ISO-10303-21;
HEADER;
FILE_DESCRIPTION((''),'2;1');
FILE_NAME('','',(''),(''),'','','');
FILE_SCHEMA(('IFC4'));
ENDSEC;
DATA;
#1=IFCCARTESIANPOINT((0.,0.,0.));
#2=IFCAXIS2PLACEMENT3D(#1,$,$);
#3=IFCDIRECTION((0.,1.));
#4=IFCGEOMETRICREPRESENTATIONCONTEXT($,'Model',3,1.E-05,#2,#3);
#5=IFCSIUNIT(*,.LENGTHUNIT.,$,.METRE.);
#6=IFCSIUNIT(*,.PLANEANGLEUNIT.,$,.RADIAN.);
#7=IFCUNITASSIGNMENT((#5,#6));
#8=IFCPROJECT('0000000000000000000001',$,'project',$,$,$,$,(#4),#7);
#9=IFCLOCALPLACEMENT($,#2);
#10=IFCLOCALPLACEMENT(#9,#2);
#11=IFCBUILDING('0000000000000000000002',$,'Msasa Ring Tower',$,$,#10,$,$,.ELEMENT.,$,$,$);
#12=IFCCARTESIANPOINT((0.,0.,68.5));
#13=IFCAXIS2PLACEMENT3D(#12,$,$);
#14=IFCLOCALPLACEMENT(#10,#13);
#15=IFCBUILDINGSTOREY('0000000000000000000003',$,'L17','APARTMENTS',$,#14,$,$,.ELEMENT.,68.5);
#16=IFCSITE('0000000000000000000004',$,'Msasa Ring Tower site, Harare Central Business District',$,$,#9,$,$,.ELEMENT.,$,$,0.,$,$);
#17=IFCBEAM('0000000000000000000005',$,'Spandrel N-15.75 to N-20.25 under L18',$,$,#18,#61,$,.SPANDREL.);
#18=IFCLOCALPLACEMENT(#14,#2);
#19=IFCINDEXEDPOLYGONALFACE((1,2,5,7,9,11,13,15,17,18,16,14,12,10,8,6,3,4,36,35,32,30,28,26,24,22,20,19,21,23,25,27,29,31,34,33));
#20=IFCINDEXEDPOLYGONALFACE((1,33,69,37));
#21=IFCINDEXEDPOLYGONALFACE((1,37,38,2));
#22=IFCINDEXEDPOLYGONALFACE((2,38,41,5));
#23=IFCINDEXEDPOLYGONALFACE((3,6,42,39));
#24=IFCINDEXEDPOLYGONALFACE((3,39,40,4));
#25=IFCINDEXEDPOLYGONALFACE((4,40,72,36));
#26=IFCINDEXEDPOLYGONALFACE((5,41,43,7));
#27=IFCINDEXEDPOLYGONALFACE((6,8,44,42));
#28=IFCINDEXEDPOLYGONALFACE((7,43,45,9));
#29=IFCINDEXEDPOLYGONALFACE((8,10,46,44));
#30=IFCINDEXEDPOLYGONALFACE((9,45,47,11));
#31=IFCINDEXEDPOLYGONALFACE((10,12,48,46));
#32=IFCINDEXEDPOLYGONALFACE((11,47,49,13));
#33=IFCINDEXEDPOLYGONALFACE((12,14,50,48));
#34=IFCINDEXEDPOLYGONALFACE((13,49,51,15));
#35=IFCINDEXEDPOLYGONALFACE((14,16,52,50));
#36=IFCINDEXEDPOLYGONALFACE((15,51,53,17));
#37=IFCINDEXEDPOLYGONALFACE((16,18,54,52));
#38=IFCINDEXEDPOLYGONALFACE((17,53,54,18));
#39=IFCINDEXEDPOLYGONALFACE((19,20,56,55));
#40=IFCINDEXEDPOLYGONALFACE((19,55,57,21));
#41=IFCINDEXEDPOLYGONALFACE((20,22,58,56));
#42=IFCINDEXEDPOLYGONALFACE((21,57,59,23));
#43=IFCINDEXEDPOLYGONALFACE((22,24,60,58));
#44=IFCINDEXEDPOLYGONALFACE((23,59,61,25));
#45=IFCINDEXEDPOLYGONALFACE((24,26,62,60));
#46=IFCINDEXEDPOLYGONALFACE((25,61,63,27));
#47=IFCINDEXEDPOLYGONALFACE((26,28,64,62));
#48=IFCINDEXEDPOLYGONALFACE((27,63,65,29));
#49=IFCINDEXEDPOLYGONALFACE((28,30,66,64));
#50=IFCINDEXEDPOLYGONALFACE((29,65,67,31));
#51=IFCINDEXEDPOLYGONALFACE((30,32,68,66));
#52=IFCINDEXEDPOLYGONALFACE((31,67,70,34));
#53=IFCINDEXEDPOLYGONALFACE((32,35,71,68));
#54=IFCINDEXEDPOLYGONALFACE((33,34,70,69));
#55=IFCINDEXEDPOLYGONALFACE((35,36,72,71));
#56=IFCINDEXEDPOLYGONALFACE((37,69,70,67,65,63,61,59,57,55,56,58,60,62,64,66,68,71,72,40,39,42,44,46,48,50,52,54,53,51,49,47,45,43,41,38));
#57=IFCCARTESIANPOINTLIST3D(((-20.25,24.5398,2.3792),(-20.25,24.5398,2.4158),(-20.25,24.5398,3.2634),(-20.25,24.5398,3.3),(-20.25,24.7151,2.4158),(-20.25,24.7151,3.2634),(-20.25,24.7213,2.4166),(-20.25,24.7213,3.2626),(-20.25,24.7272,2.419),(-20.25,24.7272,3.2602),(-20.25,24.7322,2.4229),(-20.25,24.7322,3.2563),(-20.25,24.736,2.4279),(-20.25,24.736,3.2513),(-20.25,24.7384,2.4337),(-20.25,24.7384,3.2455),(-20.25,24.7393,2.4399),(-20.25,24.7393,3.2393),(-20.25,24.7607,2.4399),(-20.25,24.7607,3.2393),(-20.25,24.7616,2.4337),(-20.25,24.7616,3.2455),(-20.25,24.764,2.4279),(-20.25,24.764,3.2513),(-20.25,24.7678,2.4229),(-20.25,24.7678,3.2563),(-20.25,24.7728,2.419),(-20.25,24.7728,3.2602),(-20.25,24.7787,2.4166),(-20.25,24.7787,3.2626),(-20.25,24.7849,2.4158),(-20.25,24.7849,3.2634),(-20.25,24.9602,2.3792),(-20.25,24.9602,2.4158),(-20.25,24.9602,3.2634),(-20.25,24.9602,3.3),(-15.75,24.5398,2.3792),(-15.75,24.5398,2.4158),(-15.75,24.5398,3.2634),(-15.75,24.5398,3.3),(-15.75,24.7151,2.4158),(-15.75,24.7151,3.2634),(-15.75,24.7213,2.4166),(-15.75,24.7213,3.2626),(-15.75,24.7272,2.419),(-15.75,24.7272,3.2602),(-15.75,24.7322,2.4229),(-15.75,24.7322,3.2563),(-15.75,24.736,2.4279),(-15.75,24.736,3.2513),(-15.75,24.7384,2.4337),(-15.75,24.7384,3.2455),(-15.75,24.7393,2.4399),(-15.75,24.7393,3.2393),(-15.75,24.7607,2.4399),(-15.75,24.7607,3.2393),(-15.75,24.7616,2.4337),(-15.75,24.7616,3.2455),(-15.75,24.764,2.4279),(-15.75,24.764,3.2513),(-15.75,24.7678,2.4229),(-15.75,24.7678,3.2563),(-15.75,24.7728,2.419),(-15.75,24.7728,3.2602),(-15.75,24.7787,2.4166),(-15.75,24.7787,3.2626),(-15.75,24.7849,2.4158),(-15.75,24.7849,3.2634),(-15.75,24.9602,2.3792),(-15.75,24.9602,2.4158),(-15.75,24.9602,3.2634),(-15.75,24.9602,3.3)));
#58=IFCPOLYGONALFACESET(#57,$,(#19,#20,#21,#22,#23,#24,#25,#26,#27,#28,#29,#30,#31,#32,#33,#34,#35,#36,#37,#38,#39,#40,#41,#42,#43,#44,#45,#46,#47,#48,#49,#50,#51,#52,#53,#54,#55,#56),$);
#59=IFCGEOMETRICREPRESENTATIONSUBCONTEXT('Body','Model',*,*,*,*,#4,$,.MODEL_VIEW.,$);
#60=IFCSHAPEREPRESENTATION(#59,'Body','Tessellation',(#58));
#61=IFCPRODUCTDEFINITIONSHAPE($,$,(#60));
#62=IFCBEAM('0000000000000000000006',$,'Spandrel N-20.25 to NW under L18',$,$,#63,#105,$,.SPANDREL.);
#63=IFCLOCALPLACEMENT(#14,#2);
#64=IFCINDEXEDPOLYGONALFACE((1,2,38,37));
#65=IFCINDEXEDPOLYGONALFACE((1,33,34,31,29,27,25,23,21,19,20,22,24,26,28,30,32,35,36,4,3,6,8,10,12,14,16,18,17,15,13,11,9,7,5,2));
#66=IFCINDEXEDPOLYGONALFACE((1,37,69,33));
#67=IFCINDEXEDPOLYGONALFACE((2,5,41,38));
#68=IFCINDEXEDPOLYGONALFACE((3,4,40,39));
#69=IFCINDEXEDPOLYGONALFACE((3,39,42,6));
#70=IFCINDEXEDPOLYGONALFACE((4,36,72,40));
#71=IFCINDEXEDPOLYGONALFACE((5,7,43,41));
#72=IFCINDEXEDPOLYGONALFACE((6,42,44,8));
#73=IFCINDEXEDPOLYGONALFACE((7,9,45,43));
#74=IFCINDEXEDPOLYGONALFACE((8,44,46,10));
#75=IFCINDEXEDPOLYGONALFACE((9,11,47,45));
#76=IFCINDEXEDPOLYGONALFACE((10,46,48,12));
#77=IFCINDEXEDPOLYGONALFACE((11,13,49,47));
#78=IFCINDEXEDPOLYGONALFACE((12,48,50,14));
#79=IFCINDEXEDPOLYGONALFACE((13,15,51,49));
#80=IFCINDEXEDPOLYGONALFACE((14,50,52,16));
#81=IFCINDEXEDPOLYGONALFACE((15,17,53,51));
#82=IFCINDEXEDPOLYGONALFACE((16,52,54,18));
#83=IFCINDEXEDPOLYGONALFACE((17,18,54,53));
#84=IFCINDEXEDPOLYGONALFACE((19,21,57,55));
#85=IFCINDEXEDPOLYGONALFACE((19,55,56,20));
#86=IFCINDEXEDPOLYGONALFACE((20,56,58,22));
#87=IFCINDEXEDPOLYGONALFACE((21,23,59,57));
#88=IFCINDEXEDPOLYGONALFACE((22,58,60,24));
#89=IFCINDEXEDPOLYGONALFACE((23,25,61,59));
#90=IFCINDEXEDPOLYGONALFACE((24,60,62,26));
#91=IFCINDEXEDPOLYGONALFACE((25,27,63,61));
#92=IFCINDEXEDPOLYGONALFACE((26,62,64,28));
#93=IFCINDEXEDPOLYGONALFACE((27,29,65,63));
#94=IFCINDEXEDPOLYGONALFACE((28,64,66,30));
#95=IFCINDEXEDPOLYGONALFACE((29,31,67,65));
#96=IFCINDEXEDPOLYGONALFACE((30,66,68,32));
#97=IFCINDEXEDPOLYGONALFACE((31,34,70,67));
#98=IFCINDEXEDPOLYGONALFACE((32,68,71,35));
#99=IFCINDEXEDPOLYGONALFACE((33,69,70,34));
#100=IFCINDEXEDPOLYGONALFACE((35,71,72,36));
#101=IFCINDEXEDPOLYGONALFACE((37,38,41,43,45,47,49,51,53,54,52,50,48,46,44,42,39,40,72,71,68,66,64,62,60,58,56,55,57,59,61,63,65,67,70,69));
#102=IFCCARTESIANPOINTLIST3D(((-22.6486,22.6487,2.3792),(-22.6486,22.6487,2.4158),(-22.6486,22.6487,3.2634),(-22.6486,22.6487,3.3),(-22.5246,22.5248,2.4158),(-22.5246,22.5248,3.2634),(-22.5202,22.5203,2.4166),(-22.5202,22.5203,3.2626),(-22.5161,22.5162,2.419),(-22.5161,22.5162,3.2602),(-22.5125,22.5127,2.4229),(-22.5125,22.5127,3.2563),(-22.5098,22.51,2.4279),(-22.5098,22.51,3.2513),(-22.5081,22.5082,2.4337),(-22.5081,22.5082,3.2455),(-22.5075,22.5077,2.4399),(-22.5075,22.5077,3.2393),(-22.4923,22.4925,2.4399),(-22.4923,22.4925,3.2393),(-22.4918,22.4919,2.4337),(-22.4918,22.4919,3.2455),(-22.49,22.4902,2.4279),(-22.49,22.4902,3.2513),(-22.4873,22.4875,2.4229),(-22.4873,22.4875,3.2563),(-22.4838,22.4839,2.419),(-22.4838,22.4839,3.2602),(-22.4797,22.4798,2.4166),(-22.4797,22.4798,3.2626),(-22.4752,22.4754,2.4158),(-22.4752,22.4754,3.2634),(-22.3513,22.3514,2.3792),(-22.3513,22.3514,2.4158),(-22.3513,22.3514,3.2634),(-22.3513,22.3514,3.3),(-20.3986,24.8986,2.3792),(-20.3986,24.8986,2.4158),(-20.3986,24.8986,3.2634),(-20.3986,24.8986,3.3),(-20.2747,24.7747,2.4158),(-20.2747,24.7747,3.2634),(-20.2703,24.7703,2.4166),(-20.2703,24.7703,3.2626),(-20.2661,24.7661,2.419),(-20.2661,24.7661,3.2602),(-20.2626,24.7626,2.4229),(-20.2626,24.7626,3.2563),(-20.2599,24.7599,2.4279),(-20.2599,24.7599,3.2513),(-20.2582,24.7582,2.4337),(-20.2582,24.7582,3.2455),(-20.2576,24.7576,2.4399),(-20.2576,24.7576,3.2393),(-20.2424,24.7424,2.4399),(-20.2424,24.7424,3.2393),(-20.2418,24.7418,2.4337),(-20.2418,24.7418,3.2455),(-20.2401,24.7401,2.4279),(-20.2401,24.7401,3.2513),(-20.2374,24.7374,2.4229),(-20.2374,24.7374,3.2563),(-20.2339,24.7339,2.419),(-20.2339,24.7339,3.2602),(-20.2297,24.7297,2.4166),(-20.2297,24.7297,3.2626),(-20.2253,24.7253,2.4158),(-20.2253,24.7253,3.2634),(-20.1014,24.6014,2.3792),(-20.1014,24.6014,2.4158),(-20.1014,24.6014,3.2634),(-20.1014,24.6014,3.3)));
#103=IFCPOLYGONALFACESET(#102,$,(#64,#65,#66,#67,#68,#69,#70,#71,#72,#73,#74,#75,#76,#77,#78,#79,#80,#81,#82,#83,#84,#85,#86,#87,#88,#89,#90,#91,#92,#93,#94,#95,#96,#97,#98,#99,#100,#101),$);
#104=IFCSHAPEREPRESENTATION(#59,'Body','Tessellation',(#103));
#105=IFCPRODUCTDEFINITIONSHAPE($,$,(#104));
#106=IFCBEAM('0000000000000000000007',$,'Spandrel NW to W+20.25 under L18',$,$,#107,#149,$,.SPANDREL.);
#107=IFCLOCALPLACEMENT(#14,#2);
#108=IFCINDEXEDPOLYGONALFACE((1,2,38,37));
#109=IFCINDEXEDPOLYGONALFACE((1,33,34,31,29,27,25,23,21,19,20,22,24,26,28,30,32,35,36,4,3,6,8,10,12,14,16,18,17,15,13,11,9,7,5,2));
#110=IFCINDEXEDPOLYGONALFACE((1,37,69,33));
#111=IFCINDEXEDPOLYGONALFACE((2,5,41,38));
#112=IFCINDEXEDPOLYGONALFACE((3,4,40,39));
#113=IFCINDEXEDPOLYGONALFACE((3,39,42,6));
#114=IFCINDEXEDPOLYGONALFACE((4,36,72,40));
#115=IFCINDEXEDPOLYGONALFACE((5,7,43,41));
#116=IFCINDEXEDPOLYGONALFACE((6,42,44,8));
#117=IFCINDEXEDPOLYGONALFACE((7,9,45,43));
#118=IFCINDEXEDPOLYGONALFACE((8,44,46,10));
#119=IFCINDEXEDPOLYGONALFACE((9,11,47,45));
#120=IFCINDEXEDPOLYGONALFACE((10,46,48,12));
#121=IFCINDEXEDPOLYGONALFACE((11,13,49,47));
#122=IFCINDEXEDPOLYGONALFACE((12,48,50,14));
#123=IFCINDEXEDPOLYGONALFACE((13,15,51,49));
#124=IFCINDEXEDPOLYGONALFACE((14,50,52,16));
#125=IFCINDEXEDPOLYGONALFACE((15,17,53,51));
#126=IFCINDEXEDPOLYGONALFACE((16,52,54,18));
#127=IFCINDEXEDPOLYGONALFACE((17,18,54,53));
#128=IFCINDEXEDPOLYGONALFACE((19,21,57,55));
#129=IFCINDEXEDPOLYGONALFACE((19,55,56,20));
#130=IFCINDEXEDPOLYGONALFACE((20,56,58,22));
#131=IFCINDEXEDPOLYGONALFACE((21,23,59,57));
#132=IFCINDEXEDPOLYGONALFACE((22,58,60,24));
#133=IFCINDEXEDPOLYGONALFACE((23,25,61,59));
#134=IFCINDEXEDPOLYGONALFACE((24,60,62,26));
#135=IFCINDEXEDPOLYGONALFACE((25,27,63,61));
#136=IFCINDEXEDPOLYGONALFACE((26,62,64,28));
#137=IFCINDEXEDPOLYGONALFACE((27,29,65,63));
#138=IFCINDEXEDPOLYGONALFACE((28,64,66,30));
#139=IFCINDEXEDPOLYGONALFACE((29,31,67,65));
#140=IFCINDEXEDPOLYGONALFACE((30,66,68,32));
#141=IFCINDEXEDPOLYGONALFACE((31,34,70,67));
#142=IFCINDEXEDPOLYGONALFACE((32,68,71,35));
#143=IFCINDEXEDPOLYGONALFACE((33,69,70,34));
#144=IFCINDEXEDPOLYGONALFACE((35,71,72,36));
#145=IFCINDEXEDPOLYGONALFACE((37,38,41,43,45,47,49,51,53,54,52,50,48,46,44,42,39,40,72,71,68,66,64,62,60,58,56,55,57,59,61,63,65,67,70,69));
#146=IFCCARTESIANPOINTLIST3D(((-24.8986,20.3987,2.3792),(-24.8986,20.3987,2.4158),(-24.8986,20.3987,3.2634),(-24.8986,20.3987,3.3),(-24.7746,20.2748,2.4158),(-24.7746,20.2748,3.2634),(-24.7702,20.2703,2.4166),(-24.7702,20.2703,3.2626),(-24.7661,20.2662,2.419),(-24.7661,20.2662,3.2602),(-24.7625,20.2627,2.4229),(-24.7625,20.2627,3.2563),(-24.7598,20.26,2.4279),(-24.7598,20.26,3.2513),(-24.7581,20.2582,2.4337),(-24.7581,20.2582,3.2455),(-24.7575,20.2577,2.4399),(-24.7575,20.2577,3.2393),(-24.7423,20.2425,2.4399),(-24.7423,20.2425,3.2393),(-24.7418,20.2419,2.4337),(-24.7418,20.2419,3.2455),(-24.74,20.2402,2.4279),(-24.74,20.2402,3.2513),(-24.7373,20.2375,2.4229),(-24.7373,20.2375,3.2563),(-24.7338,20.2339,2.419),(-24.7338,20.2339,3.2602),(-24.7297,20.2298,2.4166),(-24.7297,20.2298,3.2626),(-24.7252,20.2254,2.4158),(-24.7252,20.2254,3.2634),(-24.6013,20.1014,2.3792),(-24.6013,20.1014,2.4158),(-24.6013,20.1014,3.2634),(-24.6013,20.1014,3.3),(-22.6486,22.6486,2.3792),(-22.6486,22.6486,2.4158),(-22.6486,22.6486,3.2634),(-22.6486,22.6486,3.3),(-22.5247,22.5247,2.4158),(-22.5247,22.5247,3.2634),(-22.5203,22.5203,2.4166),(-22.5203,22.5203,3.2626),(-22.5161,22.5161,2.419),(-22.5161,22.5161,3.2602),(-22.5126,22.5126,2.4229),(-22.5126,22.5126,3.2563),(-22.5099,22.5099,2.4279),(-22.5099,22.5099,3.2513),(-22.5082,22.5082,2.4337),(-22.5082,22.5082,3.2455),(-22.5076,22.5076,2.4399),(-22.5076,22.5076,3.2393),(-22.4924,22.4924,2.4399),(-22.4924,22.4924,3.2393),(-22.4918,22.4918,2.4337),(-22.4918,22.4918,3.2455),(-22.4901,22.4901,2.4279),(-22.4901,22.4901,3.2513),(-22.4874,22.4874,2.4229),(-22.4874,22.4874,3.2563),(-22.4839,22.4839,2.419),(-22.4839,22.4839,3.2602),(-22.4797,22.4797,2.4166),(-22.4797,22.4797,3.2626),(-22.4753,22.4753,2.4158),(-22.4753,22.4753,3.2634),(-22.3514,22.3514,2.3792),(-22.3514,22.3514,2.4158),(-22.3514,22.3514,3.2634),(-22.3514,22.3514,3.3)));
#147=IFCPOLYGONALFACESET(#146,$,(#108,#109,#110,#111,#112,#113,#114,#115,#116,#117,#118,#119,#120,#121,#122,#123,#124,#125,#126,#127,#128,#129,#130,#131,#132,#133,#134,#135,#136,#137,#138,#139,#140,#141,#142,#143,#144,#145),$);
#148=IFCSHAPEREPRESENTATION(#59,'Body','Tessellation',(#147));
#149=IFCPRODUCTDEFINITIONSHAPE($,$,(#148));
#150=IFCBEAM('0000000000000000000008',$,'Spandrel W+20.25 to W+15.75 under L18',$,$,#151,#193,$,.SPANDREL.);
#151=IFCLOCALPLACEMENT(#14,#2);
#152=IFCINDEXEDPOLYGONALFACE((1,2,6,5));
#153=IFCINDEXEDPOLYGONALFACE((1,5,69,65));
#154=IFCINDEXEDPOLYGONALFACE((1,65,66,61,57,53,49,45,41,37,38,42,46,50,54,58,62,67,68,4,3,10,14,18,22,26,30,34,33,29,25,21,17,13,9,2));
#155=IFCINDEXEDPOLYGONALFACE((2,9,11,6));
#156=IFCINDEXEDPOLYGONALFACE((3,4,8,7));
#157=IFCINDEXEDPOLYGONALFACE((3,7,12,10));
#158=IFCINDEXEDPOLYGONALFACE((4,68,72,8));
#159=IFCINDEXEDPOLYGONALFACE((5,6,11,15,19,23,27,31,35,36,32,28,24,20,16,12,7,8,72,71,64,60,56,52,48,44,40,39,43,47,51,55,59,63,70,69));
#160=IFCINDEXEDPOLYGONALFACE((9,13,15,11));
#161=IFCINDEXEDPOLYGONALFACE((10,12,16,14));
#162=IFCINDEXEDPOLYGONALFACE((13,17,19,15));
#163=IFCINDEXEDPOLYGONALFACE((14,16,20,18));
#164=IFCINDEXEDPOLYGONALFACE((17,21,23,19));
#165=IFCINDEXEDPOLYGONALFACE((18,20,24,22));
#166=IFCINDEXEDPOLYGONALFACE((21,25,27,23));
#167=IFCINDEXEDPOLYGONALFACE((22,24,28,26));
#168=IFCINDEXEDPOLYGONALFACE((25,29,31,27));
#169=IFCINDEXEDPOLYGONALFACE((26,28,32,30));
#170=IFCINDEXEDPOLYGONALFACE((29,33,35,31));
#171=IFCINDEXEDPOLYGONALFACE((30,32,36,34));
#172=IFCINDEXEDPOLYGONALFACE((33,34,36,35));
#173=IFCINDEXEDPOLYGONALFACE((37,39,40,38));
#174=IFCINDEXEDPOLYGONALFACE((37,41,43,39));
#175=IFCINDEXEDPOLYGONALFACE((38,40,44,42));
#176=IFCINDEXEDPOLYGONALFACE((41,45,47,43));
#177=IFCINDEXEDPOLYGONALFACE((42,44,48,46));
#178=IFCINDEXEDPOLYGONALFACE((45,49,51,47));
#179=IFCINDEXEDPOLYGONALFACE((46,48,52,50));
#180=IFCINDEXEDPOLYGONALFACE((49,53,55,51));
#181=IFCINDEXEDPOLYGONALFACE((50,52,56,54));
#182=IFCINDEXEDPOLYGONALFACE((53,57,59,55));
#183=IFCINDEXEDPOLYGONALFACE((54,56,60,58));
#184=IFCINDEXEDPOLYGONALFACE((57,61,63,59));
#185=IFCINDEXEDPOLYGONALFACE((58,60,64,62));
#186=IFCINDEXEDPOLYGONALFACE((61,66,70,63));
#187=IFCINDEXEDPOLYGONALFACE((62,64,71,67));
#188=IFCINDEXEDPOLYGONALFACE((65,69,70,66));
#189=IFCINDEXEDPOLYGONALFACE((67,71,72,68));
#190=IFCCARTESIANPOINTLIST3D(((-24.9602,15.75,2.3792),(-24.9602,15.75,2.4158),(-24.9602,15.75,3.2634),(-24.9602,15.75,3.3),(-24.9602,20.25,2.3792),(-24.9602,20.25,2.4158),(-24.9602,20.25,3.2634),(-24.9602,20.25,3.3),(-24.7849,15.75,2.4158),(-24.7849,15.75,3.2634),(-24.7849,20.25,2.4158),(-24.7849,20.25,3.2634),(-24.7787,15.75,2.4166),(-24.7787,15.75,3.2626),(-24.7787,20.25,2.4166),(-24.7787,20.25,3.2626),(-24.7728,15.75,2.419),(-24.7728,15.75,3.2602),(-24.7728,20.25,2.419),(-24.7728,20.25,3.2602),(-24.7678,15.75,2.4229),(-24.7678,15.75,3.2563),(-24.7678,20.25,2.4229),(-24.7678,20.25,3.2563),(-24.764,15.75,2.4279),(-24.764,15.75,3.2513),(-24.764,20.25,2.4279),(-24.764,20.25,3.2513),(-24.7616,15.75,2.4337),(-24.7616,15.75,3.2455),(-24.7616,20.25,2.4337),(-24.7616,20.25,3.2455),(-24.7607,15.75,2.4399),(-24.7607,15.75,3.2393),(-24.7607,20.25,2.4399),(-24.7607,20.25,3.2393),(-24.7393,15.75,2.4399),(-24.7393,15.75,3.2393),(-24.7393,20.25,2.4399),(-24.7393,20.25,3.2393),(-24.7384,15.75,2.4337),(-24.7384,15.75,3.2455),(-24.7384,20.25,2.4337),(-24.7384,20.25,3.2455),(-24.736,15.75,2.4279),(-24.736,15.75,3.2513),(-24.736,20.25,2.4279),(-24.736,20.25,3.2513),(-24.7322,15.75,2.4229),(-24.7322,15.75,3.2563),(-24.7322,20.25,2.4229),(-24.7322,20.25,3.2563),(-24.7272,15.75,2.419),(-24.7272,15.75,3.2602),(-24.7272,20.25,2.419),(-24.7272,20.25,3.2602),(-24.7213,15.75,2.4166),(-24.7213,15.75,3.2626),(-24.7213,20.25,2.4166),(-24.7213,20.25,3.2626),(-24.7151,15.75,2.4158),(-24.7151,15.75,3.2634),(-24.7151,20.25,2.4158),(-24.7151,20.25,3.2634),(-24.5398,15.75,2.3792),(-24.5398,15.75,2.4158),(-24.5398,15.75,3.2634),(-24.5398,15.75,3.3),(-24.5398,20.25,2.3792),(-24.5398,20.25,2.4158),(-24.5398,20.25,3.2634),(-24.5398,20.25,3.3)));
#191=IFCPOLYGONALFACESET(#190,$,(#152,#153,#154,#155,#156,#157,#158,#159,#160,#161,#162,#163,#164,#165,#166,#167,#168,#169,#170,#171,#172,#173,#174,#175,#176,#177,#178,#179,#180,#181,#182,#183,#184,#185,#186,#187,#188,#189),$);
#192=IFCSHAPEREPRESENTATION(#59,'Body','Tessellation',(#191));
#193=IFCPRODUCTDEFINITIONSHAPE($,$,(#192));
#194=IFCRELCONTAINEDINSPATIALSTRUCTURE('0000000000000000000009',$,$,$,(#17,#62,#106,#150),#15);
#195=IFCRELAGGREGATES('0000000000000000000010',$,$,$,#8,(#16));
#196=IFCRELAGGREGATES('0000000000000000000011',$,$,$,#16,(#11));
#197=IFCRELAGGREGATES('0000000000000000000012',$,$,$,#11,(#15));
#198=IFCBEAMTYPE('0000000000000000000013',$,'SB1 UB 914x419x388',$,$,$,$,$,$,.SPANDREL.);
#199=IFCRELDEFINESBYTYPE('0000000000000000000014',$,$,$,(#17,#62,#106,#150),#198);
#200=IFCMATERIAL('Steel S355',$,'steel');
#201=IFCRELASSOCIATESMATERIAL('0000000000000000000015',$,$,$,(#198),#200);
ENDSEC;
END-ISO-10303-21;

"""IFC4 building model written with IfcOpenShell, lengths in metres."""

from ifc_helpers import new_model, si_unit, direction, frame, origin, origin_2d, place, context, subcontext, project, spatial, i_section, extrude, material, material_profile, profile_set, type_object, element, save


model = new_model("IFC4")

# Units and contexts
model_context = context("Model", 3, precision=1e-05, world=origin(), true_north=direction((0.0, 1.0)))
body_context = subcontext(model_context, "Body", "Model", "MODEL_VIEW")
ifc_project = project(units=[si_unit("LENGTHUNIT", "METRE"), si_unit("PLANEANGLEUNIT", "RADIAN")], contexts=[model_context])

# Site, building, storey
site_placement = place(None, origin())
site = spatial("IfcSite", under=ifc_project, at=site_placement, Name="Msasa Ring Tower site, Harare Central Business District", CompositionType="ELEMENT", RefElevation=0.0)
building_placement = place(site_placement, origin())
building = spatial("IfcBuilding", under=site, at=building_placement, Name="Msasa Ring Tower", CompositionType="ELEMENT")
storey_placement = place(building_placement, frame((0.0, 0.0, 68.5)))
storey = spatial("IfcBuildingStorey", under=building, at=storey_placement, Name="L17", Description="APARTMENTS", CompositionType="ELEMENT", Elevation=68.5)

# Beams
ifc_material_1 = material(Name="Steel S355", Category="steel")
ifc_material_profile_1 = material_profile(ifc_material_1, i_section(OverallWidth=0.4204, OverallDepth=0.9209, WebThickness=0.0215, FlangeThickness=0.0366, FilletRadius=0.0242, at=origin_2d()), Name="UB 914x419x388")
ifc_profile_set_1 = profile_set([ifc_material_profile_1], Name="Steel S355")
beam_type_1 = type_object("IfcBeamType", Name="SB1 UB 914x419x388", PredefinedType="SPANDREL", material=ifc_profile_set_1)
beam_1_placement = place(storey_placement, frame((-15.75, 24.75, 2.8396), z_axis=(-1.0, 0.0, 0.0), x_axis=(0.0, -1.0, 0.0)))
element("IfcBeam", 1, at=beam_1_placement, inside=storey, type_object=beam_type_1, Name="Spandrel N-15.75 to N-20.25 under L18", PredefinedType="SPANDREL", context=body_context, shape_type="SweptSolid", body=[
    extrude(i_section(OverallWidth=0.4204, OverallDepth=0.9209, WebThickness=0.0215, FlangeThickness=0.0366, FilletRadius=0.0242, at=origin_2d()), origin(), (0.0, 0.0, 1.0), 4.5),
])
for number, where, z_axis, x_axis, name in (
    (2, (-20.25, 24.75, 2.8396), (-0.707107, -0.707107, 0.0), (0.707107, -0.707107, 0.0), "Spandrel N-20.25 to NW under L18"),
    (3, (-22.5, 22.5, 2.8396), (-0.707107, -0.707107, 0.0), (0.707107, -0.707107, 0.0), "Spandrel NW to W+20.25 under L18"),
):
    element("IfcBeam", number, at=place(storey_placement, frame(where, z_axis=z_axis, x_axis=x_axis)), inside=storey, type_object=beam_type_1, Name=name, PredefinedType="SPANDREL", context=body_context, shape_type="SweptSolid", body=[
        extrude(i_section(OverallWidth=0.4204, OverallDepth=0.9209, WebThickness=0.0215, FlangeThickness=0.0366, FilletRadius=0.0242, at=origin_2d()), origin(), (0.0, 0.0, 1.0), 3.1819),
    ])
beam_2_placement = place(storey_placement, frame((-24.75, 20.25, 2.8396), z_axis=(0.0, -1.0, 0.0), x_axis=(1.0, 0.0, 0.0)))
element("IfcBeam", 4, at=beam_2_placement, inside=storey, type_object=beam_type_1, Name="Spandrel W+20.25 to W+15.75 under L18", PredefinedType="SPANDREL", context=body_context, shape_type="SweptSolid", body=[
    extrude(i_section(OverallWidth=0.4204, OverallDepth=0.9209, WebThickness=0.0215, FlangeThickness=0.0366, FilletRadius=0.0242, at=origin_2d()), origin(), (0.0, 0.0, 1.0), 4.5),
])

save(model, "model.ifc")
